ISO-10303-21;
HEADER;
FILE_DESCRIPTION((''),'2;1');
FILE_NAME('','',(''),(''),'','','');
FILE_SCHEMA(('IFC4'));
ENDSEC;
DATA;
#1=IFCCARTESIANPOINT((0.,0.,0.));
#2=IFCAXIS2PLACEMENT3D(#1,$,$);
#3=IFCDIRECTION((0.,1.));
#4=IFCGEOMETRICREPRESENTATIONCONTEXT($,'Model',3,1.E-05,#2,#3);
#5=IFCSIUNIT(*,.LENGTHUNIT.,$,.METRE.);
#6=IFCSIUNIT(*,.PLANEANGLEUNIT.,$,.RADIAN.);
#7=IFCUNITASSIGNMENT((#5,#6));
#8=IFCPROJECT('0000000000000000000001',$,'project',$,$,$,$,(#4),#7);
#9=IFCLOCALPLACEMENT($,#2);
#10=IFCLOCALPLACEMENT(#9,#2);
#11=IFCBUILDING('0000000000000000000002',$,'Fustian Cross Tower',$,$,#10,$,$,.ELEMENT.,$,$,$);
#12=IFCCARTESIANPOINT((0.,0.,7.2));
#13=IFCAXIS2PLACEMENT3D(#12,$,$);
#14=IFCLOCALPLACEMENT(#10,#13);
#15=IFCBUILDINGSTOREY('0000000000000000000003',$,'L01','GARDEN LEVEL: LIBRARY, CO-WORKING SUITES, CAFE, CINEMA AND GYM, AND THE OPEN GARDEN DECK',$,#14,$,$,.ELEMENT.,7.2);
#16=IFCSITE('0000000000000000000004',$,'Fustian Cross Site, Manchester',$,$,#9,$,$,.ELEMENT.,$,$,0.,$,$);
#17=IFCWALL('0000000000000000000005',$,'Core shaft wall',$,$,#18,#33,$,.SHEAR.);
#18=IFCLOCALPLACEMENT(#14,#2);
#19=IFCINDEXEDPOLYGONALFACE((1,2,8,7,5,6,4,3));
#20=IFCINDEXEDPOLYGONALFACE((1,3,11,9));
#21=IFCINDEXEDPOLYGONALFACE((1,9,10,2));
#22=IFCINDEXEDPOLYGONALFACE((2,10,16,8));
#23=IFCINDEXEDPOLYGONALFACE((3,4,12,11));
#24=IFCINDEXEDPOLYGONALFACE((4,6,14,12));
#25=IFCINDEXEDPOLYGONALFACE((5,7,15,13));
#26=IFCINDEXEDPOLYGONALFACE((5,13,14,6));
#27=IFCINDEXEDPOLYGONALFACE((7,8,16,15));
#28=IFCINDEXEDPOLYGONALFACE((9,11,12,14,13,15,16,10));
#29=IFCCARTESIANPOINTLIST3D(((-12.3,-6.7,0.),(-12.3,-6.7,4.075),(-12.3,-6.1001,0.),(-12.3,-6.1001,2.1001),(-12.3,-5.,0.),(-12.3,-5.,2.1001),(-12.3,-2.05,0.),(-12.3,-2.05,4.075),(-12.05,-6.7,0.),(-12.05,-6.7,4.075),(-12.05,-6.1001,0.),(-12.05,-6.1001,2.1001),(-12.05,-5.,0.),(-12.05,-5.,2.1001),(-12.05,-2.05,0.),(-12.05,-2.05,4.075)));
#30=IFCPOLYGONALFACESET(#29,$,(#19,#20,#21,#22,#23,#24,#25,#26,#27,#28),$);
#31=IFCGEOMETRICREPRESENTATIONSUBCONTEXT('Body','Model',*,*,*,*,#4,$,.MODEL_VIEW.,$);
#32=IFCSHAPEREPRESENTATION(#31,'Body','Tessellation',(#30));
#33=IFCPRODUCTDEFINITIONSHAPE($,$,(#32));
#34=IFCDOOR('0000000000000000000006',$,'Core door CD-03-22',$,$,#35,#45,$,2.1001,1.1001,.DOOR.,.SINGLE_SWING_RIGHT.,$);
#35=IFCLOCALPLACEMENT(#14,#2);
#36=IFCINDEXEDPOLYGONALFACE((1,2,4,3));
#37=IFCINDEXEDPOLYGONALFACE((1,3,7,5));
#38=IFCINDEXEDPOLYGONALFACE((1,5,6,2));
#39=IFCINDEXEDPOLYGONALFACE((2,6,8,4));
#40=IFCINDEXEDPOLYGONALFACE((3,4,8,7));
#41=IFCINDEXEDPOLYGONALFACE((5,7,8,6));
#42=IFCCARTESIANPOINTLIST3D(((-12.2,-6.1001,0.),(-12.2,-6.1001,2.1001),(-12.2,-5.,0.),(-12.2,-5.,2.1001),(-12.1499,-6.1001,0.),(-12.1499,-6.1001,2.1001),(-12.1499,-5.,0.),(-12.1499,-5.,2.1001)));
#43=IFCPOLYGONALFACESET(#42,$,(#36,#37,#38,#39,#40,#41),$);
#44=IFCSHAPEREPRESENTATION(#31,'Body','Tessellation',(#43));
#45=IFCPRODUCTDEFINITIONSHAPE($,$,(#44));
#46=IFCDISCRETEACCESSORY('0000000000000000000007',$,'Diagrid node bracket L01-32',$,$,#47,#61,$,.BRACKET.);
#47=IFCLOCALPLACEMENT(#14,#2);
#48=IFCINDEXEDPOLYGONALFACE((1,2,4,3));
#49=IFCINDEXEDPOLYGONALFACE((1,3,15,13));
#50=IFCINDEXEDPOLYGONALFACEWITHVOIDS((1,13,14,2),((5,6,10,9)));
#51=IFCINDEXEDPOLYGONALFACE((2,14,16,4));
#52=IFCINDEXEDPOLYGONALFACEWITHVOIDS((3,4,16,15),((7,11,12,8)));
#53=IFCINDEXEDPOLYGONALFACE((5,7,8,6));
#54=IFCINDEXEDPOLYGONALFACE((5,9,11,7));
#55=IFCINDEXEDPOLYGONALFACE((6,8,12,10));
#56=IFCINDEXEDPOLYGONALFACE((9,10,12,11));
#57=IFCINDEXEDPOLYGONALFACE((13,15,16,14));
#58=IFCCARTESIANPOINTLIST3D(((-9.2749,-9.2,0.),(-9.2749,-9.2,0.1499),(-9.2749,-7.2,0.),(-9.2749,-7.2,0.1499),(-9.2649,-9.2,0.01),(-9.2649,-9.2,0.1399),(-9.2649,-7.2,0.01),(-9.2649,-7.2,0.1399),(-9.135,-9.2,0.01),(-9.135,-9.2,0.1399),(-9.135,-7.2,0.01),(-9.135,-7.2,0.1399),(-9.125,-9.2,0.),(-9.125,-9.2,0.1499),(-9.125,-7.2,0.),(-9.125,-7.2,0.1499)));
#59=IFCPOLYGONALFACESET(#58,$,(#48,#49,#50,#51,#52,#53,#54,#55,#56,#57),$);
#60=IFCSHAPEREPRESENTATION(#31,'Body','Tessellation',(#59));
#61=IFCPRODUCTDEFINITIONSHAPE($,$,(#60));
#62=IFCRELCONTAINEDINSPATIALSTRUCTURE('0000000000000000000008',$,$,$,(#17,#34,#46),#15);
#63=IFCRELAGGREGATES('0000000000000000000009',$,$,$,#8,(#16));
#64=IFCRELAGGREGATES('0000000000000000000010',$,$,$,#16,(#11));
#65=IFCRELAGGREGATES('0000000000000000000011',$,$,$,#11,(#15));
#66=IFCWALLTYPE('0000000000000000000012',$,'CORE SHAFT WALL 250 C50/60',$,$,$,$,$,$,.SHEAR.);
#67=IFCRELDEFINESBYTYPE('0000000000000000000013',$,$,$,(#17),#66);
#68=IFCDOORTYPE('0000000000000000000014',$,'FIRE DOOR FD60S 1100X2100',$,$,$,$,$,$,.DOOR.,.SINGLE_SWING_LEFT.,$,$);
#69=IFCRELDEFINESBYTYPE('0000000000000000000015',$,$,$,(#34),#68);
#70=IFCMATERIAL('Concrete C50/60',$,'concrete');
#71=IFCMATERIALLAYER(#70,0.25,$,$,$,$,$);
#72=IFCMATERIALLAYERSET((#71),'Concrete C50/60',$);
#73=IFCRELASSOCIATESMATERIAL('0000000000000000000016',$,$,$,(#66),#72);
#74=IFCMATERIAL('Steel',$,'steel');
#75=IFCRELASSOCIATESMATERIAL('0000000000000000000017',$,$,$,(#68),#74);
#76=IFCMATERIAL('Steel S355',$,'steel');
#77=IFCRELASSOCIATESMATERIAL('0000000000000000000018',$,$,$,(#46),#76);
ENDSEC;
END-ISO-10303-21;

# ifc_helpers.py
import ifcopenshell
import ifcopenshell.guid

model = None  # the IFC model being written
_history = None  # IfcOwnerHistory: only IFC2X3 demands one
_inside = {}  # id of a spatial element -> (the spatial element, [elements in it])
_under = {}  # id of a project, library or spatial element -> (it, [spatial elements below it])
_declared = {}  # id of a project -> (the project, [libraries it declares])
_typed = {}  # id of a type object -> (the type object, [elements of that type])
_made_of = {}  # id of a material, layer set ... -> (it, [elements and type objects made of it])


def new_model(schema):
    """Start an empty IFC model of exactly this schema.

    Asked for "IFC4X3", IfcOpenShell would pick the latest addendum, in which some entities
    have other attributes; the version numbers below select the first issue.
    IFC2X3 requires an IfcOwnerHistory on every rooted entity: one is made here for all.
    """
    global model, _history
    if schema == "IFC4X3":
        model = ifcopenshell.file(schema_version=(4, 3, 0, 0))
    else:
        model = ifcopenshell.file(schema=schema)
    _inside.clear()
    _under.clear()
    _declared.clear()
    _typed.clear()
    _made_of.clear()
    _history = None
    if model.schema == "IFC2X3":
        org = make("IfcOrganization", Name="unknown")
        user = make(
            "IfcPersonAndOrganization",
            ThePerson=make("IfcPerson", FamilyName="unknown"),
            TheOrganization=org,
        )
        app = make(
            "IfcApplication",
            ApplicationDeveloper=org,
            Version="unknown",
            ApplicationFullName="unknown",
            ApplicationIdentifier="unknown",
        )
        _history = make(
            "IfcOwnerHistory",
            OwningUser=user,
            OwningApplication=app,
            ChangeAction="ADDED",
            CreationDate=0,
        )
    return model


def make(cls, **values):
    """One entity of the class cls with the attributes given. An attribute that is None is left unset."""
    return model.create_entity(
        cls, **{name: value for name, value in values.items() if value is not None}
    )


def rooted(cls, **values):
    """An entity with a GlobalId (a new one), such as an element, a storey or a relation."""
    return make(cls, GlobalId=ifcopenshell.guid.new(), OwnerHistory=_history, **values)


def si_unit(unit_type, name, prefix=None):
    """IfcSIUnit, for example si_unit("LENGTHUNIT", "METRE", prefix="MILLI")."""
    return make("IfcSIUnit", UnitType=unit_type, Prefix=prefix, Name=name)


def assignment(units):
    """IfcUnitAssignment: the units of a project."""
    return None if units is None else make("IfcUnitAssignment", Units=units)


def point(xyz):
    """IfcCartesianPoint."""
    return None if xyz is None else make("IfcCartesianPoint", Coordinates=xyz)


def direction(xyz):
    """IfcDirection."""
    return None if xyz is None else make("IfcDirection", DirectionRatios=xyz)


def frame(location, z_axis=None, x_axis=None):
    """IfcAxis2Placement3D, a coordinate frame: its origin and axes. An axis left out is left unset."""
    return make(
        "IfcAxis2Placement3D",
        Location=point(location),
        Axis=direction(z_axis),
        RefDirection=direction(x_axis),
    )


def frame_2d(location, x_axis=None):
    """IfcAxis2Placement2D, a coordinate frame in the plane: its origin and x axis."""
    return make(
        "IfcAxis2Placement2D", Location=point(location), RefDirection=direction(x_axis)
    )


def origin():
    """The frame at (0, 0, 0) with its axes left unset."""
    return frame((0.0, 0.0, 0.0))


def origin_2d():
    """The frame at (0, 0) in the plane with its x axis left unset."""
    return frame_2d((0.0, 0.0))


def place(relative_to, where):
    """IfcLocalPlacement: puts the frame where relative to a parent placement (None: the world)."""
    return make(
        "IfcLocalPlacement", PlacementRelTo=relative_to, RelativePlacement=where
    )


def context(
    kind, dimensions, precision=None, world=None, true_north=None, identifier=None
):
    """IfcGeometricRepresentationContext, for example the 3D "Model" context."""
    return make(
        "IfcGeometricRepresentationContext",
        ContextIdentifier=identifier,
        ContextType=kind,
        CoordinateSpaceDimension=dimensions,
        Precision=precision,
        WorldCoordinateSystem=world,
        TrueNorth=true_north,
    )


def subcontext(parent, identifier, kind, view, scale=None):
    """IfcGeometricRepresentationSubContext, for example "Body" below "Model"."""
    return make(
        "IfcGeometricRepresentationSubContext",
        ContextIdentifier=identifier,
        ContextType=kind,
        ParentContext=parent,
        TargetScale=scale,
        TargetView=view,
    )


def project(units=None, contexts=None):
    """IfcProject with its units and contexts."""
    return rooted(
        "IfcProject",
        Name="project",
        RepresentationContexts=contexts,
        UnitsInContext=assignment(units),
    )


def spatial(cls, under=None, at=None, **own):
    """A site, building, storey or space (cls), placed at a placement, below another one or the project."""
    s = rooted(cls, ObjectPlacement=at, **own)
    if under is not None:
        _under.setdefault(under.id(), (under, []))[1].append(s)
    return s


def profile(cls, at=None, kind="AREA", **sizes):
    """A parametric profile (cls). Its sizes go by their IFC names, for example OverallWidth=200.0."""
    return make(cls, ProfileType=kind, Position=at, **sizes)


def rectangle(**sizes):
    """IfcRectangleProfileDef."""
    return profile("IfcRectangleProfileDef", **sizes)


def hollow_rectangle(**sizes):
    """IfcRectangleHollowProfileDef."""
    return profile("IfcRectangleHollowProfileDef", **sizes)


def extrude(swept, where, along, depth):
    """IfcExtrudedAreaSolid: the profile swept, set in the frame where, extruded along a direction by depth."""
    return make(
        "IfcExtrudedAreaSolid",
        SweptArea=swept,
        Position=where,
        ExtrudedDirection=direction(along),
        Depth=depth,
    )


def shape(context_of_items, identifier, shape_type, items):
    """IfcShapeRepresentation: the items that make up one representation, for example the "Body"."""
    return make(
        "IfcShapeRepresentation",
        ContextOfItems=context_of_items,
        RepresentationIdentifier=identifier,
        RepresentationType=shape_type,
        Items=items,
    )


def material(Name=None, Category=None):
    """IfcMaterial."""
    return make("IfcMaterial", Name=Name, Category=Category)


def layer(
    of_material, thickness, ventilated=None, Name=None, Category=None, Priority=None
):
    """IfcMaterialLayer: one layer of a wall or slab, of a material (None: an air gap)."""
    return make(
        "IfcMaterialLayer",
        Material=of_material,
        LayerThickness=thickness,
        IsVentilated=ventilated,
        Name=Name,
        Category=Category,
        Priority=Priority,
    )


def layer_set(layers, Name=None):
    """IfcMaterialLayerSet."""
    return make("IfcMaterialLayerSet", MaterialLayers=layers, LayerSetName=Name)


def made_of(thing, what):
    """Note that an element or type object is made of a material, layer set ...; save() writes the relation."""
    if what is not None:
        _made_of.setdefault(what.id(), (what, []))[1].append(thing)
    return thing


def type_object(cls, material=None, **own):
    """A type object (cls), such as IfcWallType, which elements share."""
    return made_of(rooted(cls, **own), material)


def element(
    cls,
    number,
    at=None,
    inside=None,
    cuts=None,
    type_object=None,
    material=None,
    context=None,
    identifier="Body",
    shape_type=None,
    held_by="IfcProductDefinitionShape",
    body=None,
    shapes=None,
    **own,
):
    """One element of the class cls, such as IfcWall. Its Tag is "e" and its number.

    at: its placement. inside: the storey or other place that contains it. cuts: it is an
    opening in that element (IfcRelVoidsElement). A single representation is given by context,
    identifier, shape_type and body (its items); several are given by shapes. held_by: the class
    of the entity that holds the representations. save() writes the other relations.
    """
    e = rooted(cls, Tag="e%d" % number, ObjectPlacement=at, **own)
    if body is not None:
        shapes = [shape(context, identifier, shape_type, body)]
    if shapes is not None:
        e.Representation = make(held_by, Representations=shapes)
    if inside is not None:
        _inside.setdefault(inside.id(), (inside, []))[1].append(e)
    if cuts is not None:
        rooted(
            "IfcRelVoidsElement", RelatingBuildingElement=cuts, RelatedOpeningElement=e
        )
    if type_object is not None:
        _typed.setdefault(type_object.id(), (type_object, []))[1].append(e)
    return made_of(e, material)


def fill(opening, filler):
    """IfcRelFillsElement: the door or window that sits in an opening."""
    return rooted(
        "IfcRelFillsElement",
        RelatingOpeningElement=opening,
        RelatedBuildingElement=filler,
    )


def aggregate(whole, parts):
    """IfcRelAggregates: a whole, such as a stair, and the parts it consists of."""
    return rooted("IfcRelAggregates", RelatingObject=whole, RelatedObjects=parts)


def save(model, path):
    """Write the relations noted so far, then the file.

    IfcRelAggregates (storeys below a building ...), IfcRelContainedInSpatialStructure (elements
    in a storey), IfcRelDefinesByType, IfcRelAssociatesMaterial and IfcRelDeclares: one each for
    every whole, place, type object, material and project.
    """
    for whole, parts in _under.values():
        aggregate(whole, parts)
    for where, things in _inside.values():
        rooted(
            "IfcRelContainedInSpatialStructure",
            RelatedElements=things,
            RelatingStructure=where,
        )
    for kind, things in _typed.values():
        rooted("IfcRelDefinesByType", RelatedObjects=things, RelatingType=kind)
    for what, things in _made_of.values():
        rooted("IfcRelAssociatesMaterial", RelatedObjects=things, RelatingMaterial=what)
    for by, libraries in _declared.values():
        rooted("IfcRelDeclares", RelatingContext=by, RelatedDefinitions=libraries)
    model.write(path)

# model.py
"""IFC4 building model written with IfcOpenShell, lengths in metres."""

from ifc_helpers import new_model, si_unit, direction, frame, frame_2d, origin, origin_2d, place, context, subcontext, project, spatial, rectangle, hollow_rectangle, extrude, material, layer, layer_set, type_object, element, fill, save


model = new_model("IFC4")

# Units and contexts
model_context = context("Model", 3, precision=1e-05, world=origin(), true_north=direction((0.0, 1.0)))
body_context = subcontext(model_context, "Body", "Model", "MODEL_VIEW")
ifc_project = project(units=[si_unit("LENGTHUNIT", "METRE"), si_unit("PLANEANGLEUNIT", "RADIAN")], contexts=[model_context])

# Site, building, storey
site_placement = place(None, origin())
site = spatial("IfcSite", under=ifc_project, at=site_placement, Name="Fustian Cross Site, Manchester", CompositionType="ELEMENT", RefElevation=0.0)
building_placement = place(site_placement, origin())
building = spatial("IfcBuilding", under=site, at=building_placement, Name="Fustian Cross Tower", CompositionType="ELEMENT")
storey_placement = place(building_placement, frame((0.0, 0.0, 7.2)))
storey = spatial("IfcBuildingStorey", under=building, at=storey_placement, Name="L01", Description="GARDEN LEVEL: LIBRARY, CO-WORKING SUITES, CAFE, CINEMA AND GYM, AND THE OPEN GARDEN DECK", CompositionType="ELEMENT", Elevation=7.2)

# Shared definitions
ifc_material_1 = material(Name="Concrete C50/60", Category="concrete")
ifc_layer_1 = layer(ifc_material_1, 0.25)
ifc_layer_set_1 = layer_set([ifc_layer_1], Name="Concrete C50/60")
wall_type_1 = type_object("IfcWallType", Name="CORE SHAFT WALL 250 C50/60", PredefinedType="SHEAR", material=ifc_layer_set_1)

# Wall, opening, door
wall_1_placement = place(storey_placement, frame((-12.175, -2.05, 0.0), z_axis=(0.0, 0.0, 1.0), x_axis=(0.0, -1.0, 0.0)))
wall_1 = element("IfcWall", 1, at=wall_1_placement, inside=storey, type_object=wall_type_1, Name="Core shaft wall", PredefinedType="SHEAR", context=body_context, shape_type="SweptSolid", body=[
    extrude(rectangle(XDim=4.6499, YDim=0.25, at=frame_2d((2.325, 0.0))), origin(), (0.0, 0.0, 1.0), 4.075),
])
opening_1_placement = place(wall_1_placement, frame((2.95, 0.0, 0.0)))
opening_1 = element("IfcOpeningElement", 2, at=opening_1_placement, cuts=wall_1, PredefinedType="OPENING", context=body_context, shape_type="SweptSolid", body=[
    extrude(rectangle(XDim=1.1001, YDim=2.1001, at=frame_2d((0.55, 1.05))), frame((0.0, 0.135, 0.0), z_axis=(0.0, -1.0, 0.0), x_axis=(1.0, 0.0, 0.0)), (0.0, 0.0, 1.0), 0.27),
])
ifc_material_2 = material(Name="Steel", Category="steel")
door_type_1 = type_object("IfcDoorType", Name="FIRE DOOR FD60S 1100X2100", OperationType="SINGLE_SWING_LEFT", PredefinedType="DOOR", material=ifc_material_2)
door_1_placement = place(opening_1_placement, frame((1.1001, 0.0, 0.0), z_axis=(0.0, 0.0, 1.0), x_axis=(-1.0, 0.0, 0.0)))
door_1 = element("IfcDoor", 3, at=door_1_placement, inside=storey, type_object=door_type_1, Name="Core door CD-03-22", OperationType="SINGLE_SWING_RIGHT", OverallHeight=2.1001, OverallWidth=1.1001, PredefinedType="DOOR", context=body_context, shape_type="SweptSolid", body=[
    extrude(rectangle(XDim=1.1001, YDim=2.1001, at=frame_2d((0.55, 1.05))), frame((0.0, 0.0249, 0.0), z_axis=(0.0, -1.0, 0.0), x_axis=(1.0, 0.0, 0.0)), (0.0, 0.0, 1.0), 0.05),
])
fill(opening_1, door_1)

# Discrete accessory
ifc_material_3 = material(Name="Steel S355", Category="steel")
discrete_accessory_placement = place(storey_placement, frame((-9.2, -9.2, 0.075), z_axis=(0.0, 1.0, 0.0), x_axis=(-1.0, 0.0, 0.0)))
element("IfcDiscreteAccessory", 4, at=discrete_accessory_placement, inside=storey, material=ifc_material_3, Name="Diagrid node bracket L01-32", PredefinedType="BRACKET", context=body_context, shape_type="SweptSolid", body=[
    extrude(hollow_rectangle(XDim=0.1499, YDim=0.1499, WallThickness=0.01, at=origin_2d()), origin(), (0.0, 0.0, 1.0), 2.0),
])

save(model, "model.ifc")
